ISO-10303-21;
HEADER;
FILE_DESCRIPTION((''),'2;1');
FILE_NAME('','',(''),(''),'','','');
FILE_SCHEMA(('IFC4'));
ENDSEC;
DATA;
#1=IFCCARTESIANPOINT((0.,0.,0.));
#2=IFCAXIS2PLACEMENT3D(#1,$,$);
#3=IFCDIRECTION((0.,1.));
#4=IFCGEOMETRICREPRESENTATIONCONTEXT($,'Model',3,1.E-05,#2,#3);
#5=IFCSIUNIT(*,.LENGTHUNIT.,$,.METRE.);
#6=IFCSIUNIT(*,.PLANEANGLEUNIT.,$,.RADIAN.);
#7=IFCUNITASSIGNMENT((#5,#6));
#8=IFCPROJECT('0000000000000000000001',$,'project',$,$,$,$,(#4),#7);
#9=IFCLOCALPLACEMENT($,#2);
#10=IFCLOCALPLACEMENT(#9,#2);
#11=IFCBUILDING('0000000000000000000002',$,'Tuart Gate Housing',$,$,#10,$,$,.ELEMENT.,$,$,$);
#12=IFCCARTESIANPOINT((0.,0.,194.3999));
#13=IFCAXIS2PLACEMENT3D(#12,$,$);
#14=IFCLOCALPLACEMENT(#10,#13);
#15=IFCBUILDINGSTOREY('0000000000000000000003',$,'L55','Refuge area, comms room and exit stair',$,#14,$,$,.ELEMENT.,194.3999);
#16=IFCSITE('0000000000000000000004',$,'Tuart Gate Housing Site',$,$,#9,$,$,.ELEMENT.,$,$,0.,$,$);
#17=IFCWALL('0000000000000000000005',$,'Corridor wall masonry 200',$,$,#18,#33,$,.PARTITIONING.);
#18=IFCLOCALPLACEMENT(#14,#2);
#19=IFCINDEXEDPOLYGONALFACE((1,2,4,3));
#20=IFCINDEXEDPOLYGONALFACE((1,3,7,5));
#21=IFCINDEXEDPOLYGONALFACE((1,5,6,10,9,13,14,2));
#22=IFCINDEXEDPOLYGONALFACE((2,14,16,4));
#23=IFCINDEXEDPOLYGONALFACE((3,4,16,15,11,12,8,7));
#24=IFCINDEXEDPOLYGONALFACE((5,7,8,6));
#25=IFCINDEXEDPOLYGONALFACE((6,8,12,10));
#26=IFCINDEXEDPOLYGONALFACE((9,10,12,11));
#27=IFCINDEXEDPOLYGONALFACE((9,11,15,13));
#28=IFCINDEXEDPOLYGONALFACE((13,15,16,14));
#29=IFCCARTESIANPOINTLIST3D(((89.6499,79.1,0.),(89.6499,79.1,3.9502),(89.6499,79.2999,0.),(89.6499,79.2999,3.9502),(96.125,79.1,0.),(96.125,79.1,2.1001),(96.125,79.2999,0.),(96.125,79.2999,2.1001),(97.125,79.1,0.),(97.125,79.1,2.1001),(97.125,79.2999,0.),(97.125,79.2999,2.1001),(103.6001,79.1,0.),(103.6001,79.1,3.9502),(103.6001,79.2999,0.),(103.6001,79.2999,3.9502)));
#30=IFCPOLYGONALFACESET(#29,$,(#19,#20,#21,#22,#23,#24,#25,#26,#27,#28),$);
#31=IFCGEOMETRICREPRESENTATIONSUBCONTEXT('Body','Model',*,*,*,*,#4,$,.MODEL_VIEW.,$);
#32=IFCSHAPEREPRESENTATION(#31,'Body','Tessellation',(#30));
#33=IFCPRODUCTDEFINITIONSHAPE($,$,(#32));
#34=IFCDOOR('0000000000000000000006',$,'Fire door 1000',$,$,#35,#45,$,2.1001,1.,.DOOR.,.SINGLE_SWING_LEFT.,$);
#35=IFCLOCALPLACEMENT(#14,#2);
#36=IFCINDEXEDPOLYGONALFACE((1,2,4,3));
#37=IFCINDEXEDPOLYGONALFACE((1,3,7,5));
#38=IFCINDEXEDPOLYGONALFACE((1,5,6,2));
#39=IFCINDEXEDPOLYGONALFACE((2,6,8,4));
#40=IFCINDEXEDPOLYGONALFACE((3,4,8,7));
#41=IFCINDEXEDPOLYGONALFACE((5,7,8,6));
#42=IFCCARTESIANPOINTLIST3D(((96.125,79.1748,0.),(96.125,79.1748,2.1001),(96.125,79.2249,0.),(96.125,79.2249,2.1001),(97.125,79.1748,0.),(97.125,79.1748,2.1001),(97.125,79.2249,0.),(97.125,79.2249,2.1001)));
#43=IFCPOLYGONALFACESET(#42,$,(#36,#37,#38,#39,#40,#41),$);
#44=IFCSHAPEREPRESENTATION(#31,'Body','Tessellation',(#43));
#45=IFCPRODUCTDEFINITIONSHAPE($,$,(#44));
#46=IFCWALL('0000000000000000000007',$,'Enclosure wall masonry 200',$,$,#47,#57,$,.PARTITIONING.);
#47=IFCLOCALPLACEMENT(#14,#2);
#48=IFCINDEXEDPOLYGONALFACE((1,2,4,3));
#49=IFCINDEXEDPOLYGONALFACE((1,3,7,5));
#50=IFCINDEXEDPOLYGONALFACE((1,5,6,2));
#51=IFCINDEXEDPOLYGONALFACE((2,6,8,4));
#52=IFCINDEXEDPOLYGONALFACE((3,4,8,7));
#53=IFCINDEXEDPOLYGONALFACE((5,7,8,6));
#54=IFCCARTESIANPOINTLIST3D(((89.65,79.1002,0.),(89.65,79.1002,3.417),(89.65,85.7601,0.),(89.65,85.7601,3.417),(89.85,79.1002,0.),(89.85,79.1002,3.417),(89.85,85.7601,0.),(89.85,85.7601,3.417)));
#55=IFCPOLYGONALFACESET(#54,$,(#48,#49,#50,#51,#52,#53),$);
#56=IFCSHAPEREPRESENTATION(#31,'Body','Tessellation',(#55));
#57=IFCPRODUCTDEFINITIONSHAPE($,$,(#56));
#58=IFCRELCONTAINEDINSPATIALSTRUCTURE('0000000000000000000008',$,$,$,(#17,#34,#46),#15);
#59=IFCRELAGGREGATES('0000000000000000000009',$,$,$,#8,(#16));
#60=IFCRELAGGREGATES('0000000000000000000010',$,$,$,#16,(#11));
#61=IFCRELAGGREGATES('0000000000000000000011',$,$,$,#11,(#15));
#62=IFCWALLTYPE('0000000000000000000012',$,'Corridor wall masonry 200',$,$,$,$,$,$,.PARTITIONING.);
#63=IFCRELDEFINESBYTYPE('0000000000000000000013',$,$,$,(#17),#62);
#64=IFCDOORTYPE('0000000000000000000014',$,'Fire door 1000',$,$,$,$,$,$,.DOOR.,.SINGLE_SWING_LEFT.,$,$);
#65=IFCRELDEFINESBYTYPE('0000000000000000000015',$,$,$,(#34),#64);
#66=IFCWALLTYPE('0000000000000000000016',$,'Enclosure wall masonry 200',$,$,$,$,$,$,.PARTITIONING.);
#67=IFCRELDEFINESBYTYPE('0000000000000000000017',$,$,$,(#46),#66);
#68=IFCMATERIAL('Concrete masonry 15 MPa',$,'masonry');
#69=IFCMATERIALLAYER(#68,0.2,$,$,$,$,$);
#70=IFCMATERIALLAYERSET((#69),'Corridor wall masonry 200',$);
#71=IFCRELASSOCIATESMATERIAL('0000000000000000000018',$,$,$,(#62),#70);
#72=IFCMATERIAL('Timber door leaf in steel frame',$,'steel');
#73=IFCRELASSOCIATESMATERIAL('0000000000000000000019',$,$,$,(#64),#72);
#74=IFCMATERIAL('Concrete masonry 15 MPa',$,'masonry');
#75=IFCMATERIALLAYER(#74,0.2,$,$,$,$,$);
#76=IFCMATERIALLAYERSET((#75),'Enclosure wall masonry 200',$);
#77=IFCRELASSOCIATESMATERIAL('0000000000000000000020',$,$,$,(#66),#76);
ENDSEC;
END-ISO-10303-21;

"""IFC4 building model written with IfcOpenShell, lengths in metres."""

from ifc_helpers import new_model, si_unit, direction, frame, frame_2d, origin, place, context, subcontext, project, spatial, rectangle, extrude, material, layer, layer_set, type_object, element, fill, save


model = new_model("IFC4")

# Units and contexts
model_context = context("Model", 3, precision=1e-05, world=origin(), true_north=direction((0.0, 1.0)))
body_context = subcontext(model_context, "Body", "Model", "MODEL_VIEW")
ifc_project = project(units=[si_unit("LENGTHUNIT", "METRE"), si_unit("PLANEANGLEUNIT", "RADIAN")], contexts=[model_context])

# Site, building, storey
site_placement = place(None, origin())
site = spatial("IfcSite", under=ifc_project, at=site_placement, Name="Tuart Gate Housing Site", CompositionType="ELEMENT", RefElevation=0.0)
building_placement = place(site_placement, origin())
building = spatial("IfcBuilding", under=site, at=building_placement, Name="Tuart Gate Housing", CompositionType="ELEMENT")
storey_placement = place(building_placement, frame((0.0, 0.0, 194.3999)))
storey = spatial("IfcBuildingStorey", under=building, at=storey_placement, Name="L55", Description="Refuge area, comms room and exit stair", CompositionType="ELEMENT", Elevation=194.3999)

# Wall, opening, door
ifc_material_1 = material(Name="Concrete masonry 15 MPa", Category="masonry")
ifc_layer_1 = layer(ifc_material_1, 0.2)
ifc_layer_set_1 = layer_set([ifc_layer_1], Name="Corridor wall masonry 200")
wall_type_1 = type_object("IfcWallType", Name="Corridor wall masonry 200", PredefinedType="PARTITIONING", material=ifc_layer_set_1)
wall_1_placement = place(storey_placement, frame((89.6499, 79.2, 0.0), z_axis=(0.0, 0.0, 1.0), x_axis=(1.0, 0.0, 0.0)))
wall_1 = element("IfcWall", 1, at=wall_1_placement, inside=storey, type_object=wall_type_1, Name="Corridor wall masonry 200", PredefinedType="PARTITIONING", context=body_context, shape_type="SweptSolid", body=[
    extrude(rectangle(XDim=13.9502, YDim=0.2, at=frame_2d((6.9751, 0.0))), origin(), (0.0, 0.0, 1.0), 3.9502),
])
opening_placement = place(wall_1_placement, frame((6.4751, 0.0, 0.0)))
opening = element("IfcOpeningElement", 2, at=opening_placement, cuts=wall_1, PredefinedType="OPENING", context=body_context, shape_type="SweptSolid", body=[
    extrude(rectangle(XDim=1.0, YDim=2.1001, at=frame_2d((0.5, 1.05))), frame((0.0, 0.1099, 0.0), z_axis=(0.0, -1.0, 0.0), x_axis=(1.0, 0.0, 0.0)), (0.0, 0.0, 1.0), 0.22),
])
ifc_material_2 = material(Name="Timber door leaf in steel frame", Category="steel")
door_type = type_object("IfcDoorType", Name="Fire door 1000", OperationType="SINGLE_SWING_LEFT", PredefinedType="DOOR", material=ifc_material_2)
door_placement = place(opening_placement, origin())
door = element("IfcDoor", 3, at=door_placement, inside=storey, type_object=door_type, Name="Fire door 1000", OperationType="SINGLE_SWING_LEFT", OverallHeight=2.1001, OverallWidth=1.0, PredefinedType="DOOR", context=body_context, shape_type="SweptSolid", body=[
    extrude(rectangle(XDim=1.0, YDim=2.1001, at=frame_2d((0.5, 1.05))), frame((0.0, 0.0249, 0.0), z_axis=(0.0, -1.0, 0.0), x_axis=(1.0, 0.0, 0.0)), (0.0, 0.0, 1.0), 0.05),
])
fill(opening, door)

# Wall
ifc_material_3 = material(Name="Concrete masonry 15 MPa", Category="masonry")
ifc_layer_2 = layer(ifc_material_3, 0.2)
ifc_layer_set_2 = layer_set([ifc_layer_2], Name="Enclosure wall masonry 200")
wall_type_2 = type_object("IfcWallType", Name="Enclosure wall masonry 200", PredefinedType="PARTITIONING", material=ifc_layer_set_2)
wall_2_placement = place(storey_placement, frame((89.75, 79.1001, 0.0), z_axis=(0.0, 0.0, 1.0), x_axis=(0.0, 1.0, 0.0)))
element("IfcWall", 4, at=wall_2_placement, inside=storey, type_object=wall_type_2, Name="Enclosure wall masonry 200", PredefinedType="PARTITIONING", context=body_context, shape_type="SweptSolid", body=[
    extrude(rectangle(XDim=6.6599, YDim=0.2, at=frame_2d((3.3301, 0.0))), origin(), (0.0, 0.0, 1.0), 3.417),
])

save(model, "model.ifc")
